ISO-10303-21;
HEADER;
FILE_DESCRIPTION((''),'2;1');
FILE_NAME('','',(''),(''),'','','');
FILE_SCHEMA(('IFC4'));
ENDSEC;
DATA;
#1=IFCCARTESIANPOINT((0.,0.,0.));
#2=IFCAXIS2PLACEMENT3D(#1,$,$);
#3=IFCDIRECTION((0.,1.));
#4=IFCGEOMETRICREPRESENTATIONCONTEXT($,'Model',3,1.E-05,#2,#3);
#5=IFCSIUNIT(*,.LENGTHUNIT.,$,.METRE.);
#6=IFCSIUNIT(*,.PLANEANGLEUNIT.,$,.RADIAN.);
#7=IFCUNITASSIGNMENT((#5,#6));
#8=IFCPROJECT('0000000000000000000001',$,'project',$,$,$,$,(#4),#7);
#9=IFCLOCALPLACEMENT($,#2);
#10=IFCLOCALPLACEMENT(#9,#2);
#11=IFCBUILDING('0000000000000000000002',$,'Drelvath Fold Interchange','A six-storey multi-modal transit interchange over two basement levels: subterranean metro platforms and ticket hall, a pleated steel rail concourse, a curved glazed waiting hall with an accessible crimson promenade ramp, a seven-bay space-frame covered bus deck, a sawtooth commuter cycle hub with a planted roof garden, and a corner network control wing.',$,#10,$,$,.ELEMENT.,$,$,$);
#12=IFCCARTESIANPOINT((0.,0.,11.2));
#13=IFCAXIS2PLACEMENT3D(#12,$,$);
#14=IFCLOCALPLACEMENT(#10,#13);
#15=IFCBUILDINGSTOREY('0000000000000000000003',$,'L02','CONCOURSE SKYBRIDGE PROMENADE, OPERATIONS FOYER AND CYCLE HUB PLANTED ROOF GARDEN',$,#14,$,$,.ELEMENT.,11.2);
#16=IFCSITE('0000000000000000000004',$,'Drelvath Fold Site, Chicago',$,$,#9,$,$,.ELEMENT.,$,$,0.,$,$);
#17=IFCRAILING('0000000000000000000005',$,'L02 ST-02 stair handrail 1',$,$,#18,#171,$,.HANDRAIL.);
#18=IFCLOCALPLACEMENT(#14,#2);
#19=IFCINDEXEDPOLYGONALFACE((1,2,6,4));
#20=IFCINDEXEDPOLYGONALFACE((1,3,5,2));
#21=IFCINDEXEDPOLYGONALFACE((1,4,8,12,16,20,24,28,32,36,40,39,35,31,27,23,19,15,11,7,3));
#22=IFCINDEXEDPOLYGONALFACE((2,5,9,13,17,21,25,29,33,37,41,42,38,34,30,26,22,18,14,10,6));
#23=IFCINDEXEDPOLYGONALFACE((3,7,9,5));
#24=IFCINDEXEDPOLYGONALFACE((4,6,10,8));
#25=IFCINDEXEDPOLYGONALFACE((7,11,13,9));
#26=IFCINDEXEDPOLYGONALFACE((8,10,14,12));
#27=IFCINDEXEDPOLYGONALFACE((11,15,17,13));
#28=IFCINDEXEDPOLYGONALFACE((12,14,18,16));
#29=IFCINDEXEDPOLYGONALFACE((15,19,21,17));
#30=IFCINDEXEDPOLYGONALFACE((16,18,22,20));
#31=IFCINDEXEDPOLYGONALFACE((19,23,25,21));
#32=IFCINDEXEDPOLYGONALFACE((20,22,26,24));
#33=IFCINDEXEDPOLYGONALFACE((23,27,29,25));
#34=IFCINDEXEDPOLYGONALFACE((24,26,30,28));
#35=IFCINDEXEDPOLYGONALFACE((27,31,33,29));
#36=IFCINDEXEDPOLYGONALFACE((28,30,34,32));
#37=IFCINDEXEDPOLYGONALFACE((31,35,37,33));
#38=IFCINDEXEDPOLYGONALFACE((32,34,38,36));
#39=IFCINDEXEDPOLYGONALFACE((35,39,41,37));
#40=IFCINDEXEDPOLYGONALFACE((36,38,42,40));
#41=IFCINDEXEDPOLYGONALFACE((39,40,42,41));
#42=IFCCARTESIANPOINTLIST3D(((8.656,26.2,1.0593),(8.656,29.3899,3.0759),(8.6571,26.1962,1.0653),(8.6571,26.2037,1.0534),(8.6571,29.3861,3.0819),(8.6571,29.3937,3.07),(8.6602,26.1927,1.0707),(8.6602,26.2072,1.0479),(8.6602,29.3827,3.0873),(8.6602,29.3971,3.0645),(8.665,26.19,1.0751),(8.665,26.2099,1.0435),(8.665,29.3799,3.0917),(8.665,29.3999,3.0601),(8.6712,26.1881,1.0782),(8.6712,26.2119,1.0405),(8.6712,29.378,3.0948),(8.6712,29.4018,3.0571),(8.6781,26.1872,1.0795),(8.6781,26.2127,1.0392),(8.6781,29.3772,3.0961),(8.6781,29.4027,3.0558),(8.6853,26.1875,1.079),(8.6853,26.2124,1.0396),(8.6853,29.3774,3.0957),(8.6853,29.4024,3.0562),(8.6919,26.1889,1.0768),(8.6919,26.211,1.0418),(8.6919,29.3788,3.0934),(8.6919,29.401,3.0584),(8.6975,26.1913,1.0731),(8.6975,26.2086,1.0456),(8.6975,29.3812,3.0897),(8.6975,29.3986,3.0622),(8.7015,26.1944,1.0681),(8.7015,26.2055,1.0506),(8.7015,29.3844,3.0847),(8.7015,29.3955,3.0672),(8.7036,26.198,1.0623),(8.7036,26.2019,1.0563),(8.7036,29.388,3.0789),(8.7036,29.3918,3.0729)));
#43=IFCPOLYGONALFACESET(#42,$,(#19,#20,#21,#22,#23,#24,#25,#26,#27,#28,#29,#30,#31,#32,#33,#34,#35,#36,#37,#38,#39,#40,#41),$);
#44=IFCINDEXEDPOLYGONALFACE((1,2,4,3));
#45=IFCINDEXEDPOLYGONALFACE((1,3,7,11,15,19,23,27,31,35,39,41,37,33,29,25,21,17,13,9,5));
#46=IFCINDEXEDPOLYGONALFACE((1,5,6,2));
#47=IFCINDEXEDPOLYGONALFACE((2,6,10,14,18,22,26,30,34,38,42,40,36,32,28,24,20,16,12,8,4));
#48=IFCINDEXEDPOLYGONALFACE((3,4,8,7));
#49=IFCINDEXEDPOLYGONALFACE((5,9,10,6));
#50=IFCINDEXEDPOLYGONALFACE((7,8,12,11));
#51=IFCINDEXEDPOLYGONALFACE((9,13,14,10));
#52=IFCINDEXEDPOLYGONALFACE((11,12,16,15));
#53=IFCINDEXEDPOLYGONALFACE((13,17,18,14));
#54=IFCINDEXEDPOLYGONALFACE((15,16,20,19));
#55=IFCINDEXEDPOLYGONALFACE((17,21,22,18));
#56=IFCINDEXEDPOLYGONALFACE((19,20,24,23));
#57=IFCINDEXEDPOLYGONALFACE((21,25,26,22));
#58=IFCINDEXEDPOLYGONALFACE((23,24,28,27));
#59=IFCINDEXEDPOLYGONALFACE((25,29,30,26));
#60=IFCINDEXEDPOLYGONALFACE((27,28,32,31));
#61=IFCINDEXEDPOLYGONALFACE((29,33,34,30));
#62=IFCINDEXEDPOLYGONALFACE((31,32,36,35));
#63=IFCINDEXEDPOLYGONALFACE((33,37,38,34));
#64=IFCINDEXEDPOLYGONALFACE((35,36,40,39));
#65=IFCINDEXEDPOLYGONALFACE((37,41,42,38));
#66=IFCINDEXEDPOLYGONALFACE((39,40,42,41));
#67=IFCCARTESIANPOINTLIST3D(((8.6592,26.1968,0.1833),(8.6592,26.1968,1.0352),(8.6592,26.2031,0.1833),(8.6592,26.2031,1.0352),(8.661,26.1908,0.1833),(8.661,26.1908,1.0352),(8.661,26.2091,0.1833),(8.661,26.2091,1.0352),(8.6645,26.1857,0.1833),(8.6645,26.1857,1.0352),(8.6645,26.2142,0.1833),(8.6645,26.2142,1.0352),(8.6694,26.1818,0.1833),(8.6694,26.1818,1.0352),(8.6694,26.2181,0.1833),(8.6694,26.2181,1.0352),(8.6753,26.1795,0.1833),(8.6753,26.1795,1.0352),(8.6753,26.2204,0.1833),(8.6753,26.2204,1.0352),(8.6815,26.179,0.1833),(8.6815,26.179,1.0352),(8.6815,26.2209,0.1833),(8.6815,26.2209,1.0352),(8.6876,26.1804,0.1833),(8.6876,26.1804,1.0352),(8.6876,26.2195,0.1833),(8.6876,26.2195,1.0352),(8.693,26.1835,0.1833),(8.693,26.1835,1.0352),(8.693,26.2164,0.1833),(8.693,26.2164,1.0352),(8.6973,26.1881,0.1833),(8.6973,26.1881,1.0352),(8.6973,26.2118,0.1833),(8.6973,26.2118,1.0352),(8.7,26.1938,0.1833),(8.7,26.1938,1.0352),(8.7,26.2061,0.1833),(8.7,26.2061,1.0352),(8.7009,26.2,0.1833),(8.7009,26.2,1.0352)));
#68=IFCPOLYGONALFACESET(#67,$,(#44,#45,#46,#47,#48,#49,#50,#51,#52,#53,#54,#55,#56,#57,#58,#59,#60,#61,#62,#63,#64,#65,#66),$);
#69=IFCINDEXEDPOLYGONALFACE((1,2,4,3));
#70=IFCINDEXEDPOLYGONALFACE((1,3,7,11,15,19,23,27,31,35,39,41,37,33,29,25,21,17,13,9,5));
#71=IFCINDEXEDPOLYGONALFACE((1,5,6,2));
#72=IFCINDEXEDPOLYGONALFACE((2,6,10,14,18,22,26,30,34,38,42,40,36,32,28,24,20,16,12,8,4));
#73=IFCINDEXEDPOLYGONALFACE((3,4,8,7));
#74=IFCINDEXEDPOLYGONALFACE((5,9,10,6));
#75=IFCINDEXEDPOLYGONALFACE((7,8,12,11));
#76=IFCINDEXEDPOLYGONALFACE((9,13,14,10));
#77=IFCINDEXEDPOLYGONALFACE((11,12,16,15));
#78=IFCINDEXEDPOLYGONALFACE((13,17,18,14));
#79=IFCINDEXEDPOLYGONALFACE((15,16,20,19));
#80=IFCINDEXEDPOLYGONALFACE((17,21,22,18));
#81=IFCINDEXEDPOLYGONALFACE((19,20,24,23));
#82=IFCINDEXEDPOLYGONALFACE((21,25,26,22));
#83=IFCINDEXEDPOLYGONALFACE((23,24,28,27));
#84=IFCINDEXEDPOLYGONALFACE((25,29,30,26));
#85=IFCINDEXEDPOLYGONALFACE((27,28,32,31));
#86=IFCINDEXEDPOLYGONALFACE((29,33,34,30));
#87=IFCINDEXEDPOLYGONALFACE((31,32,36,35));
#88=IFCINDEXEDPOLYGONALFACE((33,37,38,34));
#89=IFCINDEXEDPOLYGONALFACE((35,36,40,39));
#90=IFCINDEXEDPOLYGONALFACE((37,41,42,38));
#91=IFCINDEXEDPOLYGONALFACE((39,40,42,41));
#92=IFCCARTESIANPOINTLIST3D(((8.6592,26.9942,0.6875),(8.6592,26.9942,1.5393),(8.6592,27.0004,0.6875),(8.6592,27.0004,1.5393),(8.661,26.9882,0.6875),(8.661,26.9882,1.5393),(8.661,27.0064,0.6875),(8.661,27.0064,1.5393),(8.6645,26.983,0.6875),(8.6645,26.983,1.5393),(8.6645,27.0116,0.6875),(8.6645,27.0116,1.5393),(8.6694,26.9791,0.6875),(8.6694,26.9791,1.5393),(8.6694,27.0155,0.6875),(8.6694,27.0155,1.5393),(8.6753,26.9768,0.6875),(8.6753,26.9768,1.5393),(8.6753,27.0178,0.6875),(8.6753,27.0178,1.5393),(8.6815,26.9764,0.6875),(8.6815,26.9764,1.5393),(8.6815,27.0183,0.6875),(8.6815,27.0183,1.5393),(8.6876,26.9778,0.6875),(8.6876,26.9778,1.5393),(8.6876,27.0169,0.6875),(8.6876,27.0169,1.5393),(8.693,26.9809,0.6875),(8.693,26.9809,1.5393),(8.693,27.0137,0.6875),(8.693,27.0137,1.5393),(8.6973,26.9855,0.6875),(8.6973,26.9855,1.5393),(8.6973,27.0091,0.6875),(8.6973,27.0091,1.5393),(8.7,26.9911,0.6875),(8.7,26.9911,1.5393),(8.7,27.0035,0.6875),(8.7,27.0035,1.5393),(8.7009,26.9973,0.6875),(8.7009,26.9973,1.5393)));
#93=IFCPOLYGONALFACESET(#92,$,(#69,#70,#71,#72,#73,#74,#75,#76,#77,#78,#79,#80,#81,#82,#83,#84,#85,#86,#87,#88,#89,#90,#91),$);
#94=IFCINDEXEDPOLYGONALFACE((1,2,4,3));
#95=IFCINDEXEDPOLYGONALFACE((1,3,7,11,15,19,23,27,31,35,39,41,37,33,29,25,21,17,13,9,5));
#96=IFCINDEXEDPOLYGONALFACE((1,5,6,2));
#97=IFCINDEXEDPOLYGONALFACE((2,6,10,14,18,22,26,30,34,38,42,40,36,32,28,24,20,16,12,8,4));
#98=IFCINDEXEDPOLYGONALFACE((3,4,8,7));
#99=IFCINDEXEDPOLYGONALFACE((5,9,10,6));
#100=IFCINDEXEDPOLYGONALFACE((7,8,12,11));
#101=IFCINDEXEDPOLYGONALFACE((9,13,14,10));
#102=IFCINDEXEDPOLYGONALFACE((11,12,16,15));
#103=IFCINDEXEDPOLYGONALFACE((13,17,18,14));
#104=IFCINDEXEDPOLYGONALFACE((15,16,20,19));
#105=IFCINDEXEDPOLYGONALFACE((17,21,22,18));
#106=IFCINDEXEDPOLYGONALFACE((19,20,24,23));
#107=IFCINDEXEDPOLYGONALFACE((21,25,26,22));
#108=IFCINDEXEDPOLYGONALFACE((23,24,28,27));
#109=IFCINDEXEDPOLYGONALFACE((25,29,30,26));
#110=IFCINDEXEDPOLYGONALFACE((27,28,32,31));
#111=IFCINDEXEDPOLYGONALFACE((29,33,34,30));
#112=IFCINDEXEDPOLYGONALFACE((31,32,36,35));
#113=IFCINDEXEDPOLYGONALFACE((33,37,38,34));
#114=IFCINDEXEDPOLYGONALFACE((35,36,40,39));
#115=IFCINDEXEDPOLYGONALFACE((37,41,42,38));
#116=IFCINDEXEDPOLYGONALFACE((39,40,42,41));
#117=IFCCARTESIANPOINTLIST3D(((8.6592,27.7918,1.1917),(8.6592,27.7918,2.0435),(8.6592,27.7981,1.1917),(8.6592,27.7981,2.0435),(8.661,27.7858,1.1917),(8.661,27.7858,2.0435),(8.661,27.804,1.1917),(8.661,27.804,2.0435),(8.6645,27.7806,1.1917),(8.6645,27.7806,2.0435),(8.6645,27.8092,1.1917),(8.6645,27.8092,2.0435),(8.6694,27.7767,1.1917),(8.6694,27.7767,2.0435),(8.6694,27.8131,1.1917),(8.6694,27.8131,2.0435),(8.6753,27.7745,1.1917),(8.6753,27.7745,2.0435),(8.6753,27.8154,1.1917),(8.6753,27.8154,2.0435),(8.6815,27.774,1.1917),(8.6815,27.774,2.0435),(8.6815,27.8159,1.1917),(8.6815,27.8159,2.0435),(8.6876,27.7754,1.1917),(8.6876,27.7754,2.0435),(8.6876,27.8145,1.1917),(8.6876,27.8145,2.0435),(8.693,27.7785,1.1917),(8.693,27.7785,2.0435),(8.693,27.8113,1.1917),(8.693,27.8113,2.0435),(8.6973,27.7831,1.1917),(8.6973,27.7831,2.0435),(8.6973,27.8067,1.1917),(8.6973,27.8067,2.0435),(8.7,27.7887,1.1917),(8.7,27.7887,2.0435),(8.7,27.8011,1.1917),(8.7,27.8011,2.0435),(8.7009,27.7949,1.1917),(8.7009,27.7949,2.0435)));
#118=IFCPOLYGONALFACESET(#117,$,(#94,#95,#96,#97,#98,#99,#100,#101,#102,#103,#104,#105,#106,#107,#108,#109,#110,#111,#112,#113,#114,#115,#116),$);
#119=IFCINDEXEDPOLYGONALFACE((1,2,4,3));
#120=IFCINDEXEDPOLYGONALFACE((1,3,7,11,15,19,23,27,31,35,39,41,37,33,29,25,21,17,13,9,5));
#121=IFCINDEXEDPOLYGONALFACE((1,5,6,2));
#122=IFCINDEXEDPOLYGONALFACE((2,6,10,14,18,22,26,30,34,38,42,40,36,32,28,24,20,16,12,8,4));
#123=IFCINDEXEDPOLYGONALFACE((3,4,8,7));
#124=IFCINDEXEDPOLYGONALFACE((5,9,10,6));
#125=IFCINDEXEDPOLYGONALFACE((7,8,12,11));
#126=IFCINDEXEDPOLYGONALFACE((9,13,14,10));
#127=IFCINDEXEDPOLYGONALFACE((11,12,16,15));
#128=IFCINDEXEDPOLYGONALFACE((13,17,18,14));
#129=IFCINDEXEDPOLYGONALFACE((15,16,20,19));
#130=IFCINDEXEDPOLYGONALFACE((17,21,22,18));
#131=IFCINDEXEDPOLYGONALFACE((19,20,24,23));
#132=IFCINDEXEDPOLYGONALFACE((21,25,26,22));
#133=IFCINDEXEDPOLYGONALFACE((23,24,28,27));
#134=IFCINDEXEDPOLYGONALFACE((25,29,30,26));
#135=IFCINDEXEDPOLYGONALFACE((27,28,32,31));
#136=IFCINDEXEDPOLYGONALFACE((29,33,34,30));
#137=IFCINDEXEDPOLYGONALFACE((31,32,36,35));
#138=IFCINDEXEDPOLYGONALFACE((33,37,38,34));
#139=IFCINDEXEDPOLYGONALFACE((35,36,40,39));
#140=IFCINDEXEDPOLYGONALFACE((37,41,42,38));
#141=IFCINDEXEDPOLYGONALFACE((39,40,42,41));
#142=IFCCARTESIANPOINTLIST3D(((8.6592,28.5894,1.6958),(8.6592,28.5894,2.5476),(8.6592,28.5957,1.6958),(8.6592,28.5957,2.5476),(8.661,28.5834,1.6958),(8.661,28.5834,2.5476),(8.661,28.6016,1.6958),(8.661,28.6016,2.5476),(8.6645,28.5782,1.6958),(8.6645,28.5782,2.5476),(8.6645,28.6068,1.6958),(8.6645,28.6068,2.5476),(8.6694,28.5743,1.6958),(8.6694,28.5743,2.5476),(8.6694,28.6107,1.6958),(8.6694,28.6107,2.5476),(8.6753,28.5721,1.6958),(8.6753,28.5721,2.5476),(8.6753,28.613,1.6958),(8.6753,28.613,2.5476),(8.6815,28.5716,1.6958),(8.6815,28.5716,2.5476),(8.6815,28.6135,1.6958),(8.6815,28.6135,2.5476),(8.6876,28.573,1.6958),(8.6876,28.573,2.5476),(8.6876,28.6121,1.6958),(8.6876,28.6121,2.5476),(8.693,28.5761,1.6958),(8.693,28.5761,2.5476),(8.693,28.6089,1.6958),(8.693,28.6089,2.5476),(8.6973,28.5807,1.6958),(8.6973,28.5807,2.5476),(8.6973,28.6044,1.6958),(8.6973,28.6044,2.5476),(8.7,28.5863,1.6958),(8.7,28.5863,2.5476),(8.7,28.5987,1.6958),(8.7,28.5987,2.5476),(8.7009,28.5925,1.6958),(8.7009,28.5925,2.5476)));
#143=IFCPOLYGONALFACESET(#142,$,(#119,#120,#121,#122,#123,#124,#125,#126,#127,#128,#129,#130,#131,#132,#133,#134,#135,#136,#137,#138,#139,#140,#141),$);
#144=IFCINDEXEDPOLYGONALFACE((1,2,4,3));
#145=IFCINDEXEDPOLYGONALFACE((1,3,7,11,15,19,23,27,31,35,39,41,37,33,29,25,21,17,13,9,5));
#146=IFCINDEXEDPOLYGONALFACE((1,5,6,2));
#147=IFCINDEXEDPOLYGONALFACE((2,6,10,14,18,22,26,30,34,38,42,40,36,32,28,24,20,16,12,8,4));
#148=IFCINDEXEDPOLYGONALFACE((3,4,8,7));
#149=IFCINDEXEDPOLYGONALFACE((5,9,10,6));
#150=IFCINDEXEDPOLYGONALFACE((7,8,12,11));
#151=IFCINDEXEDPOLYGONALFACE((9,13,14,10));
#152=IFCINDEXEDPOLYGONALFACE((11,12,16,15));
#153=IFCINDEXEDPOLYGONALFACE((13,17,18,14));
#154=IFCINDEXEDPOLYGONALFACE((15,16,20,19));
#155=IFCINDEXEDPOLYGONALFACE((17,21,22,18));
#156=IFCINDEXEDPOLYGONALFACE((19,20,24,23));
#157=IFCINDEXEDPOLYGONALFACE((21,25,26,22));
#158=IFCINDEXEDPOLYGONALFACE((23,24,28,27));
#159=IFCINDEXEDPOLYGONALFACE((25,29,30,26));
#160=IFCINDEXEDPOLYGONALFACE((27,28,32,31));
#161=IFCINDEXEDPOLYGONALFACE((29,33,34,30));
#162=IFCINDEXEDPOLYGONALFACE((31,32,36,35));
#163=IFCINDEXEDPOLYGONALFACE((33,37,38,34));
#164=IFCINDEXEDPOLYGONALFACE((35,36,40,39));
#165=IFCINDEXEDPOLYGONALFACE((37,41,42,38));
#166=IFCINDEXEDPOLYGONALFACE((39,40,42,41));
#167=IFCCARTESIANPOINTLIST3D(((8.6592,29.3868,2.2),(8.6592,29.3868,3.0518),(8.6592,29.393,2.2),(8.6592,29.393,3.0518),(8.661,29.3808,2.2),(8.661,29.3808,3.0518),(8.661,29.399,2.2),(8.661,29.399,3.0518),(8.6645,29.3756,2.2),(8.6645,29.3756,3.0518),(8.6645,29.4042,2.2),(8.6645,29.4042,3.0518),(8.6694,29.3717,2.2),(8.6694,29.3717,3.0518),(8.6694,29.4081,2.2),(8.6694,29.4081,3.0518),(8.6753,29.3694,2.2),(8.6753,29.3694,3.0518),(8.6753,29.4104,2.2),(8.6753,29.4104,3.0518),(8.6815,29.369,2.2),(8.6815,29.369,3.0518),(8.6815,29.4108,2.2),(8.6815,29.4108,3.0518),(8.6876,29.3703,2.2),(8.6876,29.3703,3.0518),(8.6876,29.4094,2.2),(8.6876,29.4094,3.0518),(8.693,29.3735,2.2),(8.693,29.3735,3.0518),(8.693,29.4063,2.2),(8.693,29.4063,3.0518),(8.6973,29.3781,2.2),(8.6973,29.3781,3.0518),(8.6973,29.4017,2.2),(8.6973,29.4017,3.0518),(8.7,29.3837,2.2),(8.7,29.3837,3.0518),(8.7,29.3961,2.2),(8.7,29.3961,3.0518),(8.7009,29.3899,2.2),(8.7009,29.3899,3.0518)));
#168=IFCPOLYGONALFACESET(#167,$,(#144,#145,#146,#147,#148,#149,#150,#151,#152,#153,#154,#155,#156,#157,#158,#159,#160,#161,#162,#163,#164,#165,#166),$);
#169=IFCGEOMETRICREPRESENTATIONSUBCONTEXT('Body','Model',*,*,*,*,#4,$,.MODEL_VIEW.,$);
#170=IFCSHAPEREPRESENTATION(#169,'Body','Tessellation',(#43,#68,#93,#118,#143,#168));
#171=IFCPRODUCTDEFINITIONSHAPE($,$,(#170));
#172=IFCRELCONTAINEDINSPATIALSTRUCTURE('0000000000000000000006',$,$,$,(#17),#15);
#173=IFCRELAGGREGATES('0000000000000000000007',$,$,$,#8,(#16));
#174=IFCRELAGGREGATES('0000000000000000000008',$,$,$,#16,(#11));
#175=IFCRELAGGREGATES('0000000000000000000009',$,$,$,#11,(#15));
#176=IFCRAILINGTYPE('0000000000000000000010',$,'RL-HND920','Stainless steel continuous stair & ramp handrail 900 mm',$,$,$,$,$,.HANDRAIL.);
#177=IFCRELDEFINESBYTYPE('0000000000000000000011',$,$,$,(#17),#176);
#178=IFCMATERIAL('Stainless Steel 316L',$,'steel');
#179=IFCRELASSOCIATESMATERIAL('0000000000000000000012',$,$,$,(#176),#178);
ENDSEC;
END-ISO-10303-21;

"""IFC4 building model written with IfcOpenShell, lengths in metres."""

from ifc_helpers import new_model, si_unit, direction, frame, origin, origin_2d, place, context, subcontext, project, spatial, circle, extrude, material, type_object, element, save


model = new_model("IFC4")

# Units and contexts
model_context = context("Model", 3, precision=1e-05, world=origin(), true_north=direction((0.0, 1.0)))
body_context = subcontext(model_context, "Body", "Model", "MODEL_VIEW")
ifc_project = project(units=[si_unit("LENGTHUNIT", "METRE"), si_unit("PLANEANGLEUNIT", "RADIAN")], contexts=[model_context])

# Site, building, storey
site_placement = place(None, origin())
site = spatial("IfcSite", under=ifc_project, at=site_placement, Name="Drelvath Fold Site, Chicago", CompositionType="ELEMENT", RefElevation=0.0)
building_placement = place(site_placement, origin())
building = spatial("IfcBuilding", under=site, at=building_placement, Name="Drelvath Fold Interchange", Description="A six-storey multi-modal transit interchange over two basement levels: subterranean metro platforms and ticket hall, a pleated steel rail concourse, a curved glazed waiting hall with an accessible crimson promenade ramp, a seven-bay space-frame covered bus deck, a sawtooth commuter cycle hub with a planted roof garden, and a corner network control wing.", CompositionType="ELEMENT")
storey_placement = place(building_placement, frame((0.0, 0.0, 11.2)))
storey = spatial("IfcBuildingStorey", under=building, at=storey_placement, Name="L02", Description="CONCOURSE SKYBRIDGE PROMENADE, OPERATIONS FOYER AND CYCLE HUB PLANTED ROOF GARDEN", CompositionType="ELEMENT", Elevation=11.2)

# Railing
ifc_material_1 = material(Name="Stainless Steel 316L", Category="steel")
railing_type_1 = type_object("IfcRailingType", Name="RL-HND920", Description="Stainless steel continuous stair & ramp handrail 900 mm", PredefinedType="HANDRAIL", material=ifc_material_1)
railing_1_placement = place(storey_placement, frame((8.6799, 26.2, 0.1833)))
element("IfcRailing", 1, at=railing_1_placement, inside=storey, type_object=railing_type_1, Name="L02 ST-02 stair handrail 1", PredefinedType="HANDRAIL", context=body_context, shape_type="SweptSolid", body=[
    extrude(circle(Radius=0.0239, at=origin_2d()), frame((0.0, 0.0, 0.876), z_axis=(0.0, 0.845261, 0.534353), x_axis=(-1.0, 0.0, 0.0)), (0.0, 0.0, 1.0), 3.7739),
    extrude(circle(Radius=0.021, at=origin_2d()), origin(), (0.0, 0.0, 1.0), 0.8518),
    extrude(circle(Radius=0.021, at=origin_2d()), frame((0.0, 0.7974, 0.5042)), (0.0, 0.0, 1.0), 0.8518),
    extrude(circle(Radius=0.021, at=origin_2d()), frame((0.0, 1.595, 1.0083)), (0.0, 0.0, 1.0), 0.8518),
    extrude(circle(Radius=0.021, at=origin_2d()), frame((0.0, 2.3926, 1.5125)), (0.0, 0.0, 1.0), 0.8518),
    extrude(circle(Radius=0.021, at=origin_2d()), frame((0.0, 3.1899, 2.0166)), (0.0, 0.0, 1.0), 0.8518),
])

save(model, "model.ifc")
